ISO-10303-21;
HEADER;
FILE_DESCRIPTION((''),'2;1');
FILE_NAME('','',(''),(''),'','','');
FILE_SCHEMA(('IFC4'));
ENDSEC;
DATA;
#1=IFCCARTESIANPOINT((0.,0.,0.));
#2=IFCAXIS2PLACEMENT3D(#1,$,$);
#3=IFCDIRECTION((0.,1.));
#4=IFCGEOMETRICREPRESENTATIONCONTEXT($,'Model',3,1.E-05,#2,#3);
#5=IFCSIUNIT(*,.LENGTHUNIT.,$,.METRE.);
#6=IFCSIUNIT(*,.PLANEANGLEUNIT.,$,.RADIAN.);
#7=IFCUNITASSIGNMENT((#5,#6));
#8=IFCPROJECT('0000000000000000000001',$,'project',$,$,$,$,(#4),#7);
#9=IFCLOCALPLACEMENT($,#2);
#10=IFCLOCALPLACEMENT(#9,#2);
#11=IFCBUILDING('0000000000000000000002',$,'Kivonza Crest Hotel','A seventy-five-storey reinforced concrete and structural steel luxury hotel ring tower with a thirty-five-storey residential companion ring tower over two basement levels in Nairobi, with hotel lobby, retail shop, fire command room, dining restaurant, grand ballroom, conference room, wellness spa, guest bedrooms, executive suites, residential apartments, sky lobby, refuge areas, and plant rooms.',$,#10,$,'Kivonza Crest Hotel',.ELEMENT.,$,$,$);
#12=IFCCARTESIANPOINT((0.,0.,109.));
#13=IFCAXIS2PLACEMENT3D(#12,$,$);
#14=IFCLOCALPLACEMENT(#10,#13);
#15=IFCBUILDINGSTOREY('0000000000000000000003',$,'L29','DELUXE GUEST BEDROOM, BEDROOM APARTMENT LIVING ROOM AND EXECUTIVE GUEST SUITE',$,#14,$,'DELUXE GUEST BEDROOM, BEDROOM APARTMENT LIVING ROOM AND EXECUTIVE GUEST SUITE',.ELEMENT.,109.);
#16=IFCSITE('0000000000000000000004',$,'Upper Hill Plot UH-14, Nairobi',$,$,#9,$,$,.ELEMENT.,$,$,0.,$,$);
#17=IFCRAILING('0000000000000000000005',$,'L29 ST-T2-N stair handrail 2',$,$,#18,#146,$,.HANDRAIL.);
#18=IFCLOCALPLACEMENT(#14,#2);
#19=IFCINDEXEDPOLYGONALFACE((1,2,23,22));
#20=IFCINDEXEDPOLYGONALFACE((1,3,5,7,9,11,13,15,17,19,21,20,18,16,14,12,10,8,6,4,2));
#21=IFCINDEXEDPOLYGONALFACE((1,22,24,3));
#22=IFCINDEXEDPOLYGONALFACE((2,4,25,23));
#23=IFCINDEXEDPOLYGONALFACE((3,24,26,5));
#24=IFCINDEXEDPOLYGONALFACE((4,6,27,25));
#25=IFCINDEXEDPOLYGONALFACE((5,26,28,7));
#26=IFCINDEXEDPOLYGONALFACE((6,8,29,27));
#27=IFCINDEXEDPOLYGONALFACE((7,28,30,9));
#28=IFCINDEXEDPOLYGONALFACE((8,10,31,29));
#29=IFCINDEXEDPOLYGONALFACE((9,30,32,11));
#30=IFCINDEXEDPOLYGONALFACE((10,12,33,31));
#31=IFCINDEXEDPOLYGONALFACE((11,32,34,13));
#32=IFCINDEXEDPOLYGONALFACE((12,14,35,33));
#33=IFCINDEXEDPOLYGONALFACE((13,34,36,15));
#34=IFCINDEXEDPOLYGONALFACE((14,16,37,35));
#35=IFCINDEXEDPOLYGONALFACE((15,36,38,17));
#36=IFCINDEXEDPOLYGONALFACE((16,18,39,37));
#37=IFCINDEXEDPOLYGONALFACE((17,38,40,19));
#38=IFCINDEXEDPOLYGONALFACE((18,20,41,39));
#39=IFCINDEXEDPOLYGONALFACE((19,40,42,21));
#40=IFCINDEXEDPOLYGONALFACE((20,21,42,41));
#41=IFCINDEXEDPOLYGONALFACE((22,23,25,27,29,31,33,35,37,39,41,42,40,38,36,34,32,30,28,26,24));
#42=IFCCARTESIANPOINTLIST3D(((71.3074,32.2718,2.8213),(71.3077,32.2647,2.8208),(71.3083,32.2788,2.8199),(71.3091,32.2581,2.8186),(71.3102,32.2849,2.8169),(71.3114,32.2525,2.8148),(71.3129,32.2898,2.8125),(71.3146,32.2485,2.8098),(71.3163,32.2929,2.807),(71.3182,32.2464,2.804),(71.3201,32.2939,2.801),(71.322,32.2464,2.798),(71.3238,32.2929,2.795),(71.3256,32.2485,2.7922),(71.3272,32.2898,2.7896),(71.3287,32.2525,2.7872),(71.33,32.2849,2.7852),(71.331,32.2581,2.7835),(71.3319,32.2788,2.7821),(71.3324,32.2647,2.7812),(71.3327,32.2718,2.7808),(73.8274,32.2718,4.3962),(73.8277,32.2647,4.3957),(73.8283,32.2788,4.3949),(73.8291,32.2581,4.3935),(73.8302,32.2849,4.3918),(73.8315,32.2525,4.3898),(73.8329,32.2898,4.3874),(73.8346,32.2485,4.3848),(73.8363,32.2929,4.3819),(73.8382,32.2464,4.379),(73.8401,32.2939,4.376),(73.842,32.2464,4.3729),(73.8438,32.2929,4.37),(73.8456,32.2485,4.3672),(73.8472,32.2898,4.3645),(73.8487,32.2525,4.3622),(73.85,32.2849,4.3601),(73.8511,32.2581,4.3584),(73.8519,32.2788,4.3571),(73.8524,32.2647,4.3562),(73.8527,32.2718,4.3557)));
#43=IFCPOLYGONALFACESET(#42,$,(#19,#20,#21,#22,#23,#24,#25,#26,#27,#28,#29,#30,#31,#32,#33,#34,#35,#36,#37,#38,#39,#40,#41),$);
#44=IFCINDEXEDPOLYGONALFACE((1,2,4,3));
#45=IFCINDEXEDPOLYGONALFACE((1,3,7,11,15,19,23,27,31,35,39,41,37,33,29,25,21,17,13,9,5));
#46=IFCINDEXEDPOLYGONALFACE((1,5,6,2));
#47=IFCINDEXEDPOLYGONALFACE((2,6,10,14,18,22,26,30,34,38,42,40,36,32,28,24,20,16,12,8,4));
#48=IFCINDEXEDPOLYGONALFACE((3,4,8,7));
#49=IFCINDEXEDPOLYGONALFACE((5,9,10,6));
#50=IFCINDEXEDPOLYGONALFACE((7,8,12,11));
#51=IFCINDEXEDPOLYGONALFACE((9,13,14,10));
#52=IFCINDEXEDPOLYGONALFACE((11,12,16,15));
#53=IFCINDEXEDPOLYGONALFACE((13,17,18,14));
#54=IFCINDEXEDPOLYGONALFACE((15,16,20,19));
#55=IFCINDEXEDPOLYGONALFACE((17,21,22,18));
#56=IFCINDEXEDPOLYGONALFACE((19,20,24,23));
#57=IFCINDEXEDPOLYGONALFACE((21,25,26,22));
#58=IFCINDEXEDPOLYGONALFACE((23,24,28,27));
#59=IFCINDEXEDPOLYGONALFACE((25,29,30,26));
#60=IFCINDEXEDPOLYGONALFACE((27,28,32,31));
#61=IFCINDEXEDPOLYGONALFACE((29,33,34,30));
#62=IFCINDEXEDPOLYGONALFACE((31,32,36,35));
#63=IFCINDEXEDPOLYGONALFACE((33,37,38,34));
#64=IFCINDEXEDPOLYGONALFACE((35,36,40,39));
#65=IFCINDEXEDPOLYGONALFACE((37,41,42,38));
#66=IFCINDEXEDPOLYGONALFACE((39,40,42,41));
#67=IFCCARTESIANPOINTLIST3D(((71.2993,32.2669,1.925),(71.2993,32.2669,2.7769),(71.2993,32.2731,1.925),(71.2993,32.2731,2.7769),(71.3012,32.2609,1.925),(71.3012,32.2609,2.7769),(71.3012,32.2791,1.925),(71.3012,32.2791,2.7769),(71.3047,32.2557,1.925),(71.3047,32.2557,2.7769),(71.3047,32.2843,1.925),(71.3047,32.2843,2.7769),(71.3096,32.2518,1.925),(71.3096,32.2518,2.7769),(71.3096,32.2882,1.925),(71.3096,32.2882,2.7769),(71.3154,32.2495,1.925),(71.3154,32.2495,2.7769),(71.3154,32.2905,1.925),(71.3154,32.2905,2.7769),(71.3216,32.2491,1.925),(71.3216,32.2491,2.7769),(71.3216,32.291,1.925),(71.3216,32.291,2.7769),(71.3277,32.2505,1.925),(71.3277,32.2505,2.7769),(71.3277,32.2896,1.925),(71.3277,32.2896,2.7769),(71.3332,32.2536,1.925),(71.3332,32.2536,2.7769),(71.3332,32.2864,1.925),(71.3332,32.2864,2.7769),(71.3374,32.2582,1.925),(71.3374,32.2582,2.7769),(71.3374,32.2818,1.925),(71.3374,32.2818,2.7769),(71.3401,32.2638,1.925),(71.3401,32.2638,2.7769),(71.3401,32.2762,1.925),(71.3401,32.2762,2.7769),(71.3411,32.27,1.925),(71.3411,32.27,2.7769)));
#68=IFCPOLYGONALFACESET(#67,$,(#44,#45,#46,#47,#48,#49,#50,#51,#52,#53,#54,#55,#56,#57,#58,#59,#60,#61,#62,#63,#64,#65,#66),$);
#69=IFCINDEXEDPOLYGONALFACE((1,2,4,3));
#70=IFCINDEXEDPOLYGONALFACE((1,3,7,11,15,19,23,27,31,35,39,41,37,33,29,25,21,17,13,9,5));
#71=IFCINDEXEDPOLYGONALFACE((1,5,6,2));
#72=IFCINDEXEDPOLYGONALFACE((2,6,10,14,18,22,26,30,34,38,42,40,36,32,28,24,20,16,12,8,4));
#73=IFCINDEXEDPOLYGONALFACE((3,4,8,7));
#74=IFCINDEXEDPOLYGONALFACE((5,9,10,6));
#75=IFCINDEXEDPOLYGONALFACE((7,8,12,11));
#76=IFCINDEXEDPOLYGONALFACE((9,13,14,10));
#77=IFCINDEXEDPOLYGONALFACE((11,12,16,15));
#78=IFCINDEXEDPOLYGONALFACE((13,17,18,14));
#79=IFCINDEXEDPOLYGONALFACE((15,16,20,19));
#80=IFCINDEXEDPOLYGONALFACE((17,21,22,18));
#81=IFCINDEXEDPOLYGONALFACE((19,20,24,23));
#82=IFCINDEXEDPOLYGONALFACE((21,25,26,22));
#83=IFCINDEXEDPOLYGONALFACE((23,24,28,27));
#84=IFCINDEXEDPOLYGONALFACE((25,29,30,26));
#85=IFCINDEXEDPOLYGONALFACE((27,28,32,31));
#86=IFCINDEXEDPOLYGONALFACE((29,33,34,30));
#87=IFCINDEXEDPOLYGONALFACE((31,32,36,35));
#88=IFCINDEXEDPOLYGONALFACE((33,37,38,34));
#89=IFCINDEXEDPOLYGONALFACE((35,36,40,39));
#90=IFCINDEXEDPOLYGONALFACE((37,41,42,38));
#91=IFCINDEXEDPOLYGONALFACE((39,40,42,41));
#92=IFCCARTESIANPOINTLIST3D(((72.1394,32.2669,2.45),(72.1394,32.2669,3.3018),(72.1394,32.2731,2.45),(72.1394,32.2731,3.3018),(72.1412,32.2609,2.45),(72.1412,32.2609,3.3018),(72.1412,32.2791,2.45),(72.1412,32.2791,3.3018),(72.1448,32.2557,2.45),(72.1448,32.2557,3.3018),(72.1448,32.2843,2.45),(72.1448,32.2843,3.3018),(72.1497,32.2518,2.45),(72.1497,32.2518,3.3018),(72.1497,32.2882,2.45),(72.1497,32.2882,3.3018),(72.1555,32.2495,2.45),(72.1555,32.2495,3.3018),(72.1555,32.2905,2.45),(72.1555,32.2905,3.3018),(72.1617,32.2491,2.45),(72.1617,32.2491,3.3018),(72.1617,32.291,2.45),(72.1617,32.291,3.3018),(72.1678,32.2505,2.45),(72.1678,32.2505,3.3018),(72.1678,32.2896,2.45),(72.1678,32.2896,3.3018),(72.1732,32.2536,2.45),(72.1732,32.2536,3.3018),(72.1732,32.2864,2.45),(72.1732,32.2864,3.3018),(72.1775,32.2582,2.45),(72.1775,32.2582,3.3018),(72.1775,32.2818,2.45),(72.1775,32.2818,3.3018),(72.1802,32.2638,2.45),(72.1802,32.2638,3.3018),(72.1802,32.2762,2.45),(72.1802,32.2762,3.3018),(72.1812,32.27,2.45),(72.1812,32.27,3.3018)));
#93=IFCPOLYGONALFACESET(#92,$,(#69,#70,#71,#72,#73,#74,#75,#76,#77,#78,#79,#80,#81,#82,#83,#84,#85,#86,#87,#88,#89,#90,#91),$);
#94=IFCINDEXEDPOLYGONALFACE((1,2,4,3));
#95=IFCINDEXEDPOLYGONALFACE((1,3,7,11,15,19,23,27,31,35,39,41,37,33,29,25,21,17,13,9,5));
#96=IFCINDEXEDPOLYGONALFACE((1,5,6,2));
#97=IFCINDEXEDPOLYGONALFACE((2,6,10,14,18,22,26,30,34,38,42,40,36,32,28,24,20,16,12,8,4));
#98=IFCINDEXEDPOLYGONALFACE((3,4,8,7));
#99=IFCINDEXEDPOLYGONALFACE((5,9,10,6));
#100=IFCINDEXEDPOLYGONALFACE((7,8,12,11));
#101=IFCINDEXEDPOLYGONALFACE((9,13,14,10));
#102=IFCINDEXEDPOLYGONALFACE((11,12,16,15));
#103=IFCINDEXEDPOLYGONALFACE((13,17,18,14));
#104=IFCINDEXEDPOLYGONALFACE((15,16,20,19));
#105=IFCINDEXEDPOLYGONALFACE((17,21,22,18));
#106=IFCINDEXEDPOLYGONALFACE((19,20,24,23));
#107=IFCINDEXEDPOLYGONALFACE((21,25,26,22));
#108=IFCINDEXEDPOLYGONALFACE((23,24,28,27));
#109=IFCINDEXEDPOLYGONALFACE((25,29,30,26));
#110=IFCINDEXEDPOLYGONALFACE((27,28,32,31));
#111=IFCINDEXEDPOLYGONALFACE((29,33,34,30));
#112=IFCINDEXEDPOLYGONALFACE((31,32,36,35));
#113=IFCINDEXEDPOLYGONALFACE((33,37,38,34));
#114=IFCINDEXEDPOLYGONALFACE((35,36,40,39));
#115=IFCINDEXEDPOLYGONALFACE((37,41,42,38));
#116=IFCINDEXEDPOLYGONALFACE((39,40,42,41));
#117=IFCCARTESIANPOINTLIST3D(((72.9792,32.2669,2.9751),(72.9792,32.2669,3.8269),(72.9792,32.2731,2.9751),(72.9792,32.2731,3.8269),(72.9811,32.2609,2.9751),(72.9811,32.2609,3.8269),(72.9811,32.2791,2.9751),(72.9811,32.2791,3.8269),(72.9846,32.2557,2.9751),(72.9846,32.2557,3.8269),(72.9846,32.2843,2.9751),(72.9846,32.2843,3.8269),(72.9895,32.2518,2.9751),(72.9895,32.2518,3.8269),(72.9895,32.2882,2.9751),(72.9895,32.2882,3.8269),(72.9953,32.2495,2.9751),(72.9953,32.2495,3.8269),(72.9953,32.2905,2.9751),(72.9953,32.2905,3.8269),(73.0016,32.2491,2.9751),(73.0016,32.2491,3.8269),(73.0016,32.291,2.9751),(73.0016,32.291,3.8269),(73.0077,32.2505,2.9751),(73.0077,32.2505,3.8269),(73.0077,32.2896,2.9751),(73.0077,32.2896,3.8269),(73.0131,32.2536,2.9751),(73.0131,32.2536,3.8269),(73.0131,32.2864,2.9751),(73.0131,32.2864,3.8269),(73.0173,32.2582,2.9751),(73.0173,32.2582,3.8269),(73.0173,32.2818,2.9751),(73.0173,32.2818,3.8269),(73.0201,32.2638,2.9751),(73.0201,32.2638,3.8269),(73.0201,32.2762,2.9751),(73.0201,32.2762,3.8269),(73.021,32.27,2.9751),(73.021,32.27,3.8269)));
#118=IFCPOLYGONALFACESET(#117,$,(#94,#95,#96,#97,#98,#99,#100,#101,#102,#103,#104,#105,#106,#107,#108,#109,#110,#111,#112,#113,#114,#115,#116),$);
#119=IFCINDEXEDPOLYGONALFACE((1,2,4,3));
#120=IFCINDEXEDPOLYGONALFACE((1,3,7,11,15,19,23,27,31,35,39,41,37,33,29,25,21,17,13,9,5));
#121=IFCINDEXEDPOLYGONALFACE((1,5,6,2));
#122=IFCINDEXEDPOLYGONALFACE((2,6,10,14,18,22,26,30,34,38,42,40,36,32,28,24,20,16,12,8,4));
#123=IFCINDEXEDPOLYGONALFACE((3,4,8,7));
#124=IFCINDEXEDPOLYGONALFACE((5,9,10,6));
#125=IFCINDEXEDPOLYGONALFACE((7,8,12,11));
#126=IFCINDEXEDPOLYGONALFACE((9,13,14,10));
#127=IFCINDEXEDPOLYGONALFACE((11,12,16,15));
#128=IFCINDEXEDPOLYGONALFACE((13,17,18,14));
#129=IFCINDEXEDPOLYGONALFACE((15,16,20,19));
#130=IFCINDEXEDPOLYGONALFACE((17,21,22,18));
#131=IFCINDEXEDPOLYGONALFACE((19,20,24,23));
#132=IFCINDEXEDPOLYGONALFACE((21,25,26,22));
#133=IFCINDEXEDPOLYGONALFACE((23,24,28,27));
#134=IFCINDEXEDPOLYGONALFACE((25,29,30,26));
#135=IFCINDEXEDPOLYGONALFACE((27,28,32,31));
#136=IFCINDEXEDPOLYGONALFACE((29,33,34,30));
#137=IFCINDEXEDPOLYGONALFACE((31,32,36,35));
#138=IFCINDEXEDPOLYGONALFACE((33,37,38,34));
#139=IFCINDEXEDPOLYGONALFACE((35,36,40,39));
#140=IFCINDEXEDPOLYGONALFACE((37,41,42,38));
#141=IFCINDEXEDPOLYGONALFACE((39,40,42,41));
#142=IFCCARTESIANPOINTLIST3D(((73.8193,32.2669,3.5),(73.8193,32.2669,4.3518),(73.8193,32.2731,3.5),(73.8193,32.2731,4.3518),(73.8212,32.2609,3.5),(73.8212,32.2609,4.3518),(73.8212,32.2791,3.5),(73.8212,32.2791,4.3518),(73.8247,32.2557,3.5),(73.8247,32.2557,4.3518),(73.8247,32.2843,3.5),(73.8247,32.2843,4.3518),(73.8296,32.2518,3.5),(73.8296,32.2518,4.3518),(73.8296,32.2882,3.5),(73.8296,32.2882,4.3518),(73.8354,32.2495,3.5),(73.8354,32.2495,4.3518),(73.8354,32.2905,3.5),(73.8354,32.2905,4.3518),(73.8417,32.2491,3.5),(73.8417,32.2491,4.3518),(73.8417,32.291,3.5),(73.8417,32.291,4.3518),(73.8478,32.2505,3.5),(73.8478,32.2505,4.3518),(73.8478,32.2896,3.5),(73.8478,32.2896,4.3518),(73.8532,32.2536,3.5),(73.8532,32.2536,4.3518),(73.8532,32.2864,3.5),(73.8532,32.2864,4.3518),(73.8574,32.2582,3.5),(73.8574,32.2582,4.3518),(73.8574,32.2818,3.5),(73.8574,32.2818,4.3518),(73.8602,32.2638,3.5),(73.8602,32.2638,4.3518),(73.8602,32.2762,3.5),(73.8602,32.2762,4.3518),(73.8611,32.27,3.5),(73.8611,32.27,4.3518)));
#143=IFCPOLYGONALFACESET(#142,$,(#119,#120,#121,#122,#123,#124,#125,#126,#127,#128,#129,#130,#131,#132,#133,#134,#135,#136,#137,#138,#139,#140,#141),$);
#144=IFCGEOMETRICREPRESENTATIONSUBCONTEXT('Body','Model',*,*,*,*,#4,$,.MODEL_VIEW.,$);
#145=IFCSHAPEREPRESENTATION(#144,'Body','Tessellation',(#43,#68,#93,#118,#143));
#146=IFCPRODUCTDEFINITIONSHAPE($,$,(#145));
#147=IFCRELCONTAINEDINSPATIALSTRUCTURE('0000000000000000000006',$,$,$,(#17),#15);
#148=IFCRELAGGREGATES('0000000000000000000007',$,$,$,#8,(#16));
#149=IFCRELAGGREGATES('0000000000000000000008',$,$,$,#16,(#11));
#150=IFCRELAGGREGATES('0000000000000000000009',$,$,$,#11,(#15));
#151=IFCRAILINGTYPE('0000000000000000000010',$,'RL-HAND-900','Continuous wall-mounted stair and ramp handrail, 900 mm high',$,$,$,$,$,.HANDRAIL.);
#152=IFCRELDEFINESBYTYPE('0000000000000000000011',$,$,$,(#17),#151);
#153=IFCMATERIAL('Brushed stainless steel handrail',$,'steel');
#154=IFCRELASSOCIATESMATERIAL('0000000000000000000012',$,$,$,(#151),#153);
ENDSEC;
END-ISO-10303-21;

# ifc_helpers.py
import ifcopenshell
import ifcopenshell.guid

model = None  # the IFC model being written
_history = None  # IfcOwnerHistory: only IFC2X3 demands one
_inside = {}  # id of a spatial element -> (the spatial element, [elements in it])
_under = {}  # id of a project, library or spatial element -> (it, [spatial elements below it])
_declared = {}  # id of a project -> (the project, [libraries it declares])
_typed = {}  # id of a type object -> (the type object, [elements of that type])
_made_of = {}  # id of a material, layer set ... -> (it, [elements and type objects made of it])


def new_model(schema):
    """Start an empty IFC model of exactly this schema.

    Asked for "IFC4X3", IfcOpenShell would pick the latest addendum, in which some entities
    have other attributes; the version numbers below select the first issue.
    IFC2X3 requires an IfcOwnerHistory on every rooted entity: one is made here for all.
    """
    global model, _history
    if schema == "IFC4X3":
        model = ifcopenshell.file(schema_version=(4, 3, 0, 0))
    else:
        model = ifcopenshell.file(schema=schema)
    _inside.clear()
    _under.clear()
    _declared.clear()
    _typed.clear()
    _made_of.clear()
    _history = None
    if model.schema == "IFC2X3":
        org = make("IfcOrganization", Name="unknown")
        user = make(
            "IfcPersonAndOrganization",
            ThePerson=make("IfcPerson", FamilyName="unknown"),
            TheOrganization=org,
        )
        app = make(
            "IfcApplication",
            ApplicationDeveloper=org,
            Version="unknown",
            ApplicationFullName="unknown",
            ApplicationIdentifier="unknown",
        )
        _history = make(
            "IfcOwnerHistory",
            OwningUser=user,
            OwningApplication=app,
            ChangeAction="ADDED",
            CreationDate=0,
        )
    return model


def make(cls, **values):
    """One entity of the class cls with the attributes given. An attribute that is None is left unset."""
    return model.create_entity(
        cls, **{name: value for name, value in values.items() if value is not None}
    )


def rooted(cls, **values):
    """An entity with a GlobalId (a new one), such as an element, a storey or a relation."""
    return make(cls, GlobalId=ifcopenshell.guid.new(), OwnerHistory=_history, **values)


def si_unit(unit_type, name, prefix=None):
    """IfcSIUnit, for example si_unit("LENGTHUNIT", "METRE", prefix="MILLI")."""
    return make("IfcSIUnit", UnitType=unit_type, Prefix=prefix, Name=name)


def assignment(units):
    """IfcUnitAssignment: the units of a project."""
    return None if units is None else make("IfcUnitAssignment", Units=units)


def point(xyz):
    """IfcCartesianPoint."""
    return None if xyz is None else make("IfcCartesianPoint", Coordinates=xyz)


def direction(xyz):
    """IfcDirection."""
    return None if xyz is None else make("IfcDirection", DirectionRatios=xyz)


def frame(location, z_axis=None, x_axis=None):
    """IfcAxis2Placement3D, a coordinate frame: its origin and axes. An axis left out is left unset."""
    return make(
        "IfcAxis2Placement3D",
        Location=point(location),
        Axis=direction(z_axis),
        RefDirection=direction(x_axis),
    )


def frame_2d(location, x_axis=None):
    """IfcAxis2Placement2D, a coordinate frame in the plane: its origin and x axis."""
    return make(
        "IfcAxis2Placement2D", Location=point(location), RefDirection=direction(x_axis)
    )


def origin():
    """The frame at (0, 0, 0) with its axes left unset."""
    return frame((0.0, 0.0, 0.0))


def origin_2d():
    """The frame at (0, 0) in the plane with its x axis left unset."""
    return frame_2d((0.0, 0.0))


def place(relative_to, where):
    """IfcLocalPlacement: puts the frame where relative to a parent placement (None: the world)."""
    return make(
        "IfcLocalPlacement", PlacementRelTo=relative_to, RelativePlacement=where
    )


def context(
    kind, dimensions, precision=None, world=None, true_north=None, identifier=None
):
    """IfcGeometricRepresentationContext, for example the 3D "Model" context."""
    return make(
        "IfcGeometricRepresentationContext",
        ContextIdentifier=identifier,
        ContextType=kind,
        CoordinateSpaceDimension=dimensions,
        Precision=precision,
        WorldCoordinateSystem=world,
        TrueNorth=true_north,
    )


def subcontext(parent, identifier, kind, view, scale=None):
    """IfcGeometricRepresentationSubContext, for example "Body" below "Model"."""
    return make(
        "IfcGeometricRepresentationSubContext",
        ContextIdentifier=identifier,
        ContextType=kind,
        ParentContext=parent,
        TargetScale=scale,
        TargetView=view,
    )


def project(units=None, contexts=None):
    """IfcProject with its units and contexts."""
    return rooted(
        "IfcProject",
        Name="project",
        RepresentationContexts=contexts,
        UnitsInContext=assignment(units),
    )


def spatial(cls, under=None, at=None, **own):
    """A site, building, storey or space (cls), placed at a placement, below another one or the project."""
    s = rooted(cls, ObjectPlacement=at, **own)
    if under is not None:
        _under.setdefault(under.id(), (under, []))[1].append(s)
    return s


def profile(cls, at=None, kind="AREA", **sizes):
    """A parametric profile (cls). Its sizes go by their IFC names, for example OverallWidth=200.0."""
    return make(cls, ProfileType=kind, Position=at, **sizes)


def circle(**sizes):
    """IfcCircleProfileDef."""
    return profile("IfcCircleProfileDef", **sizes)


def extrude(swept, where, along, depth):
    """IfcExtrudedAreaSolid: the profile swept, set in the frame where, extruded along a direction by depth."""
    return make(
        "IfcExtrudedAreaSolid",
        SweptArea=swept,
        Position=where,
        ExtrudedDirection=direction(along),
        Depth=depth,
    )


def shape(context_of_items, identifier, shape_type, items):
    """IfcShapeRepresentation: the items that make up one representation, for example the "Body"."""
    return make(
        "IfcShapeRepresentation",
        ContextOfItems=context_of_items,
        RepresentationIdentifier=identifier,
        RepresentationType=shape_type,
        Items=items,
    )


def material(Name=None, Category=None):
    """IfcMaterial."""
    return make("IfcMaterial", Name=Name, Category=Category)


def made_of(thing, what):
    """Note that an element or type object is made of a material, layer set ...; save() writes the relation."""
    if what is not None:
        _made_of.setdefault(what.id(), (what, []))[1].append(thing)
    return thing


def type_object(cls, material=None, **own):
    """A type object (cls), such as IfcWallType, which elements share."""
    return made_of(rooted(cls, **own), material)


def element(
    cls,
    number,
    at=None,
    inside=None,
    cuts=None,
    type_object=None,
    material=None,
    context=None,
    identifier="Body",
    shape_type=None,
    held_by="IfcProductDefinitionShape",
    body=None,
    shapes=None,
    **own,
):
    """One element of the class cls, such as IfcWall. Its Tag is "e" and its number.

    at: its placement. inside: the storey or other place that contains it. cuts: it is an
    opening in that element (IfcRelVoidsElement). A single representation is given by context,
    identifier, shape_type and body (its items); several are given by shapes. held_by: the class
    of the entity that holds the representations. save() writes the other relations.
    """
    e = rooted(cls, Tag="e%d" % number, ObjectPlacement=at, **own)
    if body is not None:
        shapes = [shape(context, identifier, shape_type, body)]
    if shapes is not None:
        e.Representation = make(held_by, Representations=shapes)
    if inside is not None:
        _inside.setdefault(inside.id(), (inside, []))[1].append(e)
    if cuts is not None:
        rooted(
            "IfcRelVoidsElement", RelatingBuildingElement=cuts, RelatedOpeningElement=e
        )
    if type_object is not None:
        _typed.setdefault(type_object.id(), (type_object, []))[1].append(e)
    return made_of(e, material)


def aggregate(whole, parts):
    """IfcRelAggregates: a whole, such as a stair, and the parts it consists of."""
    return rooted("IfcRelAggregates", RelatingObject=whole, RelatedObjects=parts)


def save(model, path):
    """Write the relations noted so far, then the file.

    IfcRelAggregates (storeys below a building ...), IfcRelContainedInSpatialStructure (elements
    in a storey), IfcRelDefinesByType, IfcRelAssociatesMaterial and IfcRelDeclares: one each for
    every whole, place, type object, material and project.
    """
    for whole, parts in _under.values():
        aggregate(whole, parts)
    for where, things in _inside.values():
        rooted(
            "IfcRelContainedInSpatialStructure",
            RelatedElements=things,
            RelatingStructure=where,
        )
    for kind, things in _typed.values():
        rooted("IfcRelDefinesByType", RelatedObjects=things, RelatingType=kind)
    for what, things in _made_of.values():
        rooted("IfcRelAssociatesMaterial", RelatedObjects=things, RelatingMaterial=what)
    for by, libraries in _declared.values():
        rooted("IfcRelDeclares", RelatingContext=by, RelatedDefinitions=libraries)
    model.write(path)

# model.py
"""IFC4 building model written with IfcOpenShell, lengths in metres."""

from ifc_helpers import new_model, si_unit, direction, frame, origin, origin_2d, place, context, subcontext, project, spatial, circle, extrude, material, type_object, element, save


model = new_model("IFC4")

# Units and contexts
model_context = context("Model", 3, precision=1e-05, world=origin(), true_north=direction((0.0, 1.0)))
body_context = subcontext(model_context, "Body", "Model", "MODEL_VIEW")
ifc_project = project(units=[si_unit("LENGTHUNIT", "METRE"), si_unit("PLANEANGLEUNIT", "RADIAN")], contexts=[model_context])

# Site, building, storey
site_placement = place(None, origin())
site = spatial("IfcSite", under=ifc_project, at=site_placement, Name="Upper Hill Plot UH-14, Nairobi", CompositionType="ELEMENT", RefElevation=0.0)
building_placement = place(site_placement, origin())
building = spatial("IfcBuilding", under=site, at=building_placement, Name="Kivonza Crest Hotel", Description="A seventy-five-storey reinforced concrete and structural steel luxury hotel ring tower with a thirty-five-storey residential companion ring tower over two basement levels in Nairobi, with hotel lobby, retail shop, fire command room, dining restaurant, grand ballroom, conference room, wellness spa, guest bedrooms, executive suites, residential apartments, sky lobby, refuge areas, and plant rooms.", LongName="Kivonza Crest Hotel", CompositionType="ELEMENT")
storey_placement = place(building_placement, frame((0.0, 0.0, 109.0)))
storey = spatial("IfcBuildingStorey", under=building, at=storey_placement, Name="L29", Description="DELUXE GUEST BEDROOM, BEDROOM APARTMENT LIVING ROOM AND EXECUTIVE GUEST SUITE", LongName="DELUXE GUEST BEDROOM, BEDROOM APARTMENT LIVING ROOM AND EXECUTIVE GUEST SUITE", CompositionType="ELEMENT", Elevation=109.0)

# Railing
ifc_material_1 = material(Name="Brushed stainless steel handrail", Category="steel")
railing_type_1 = type_object("IfcRailingType", Name="RL-HAND-900", Description="Continuous wall-mounted stair and ramp handrail, 900 mm high", PredefinedType="HANDRAIL", material=ifc_material_1)
railing_1_placement = place(storey_placement, frame((71.3201, 32.27, 1.925)))
element("IfcRailing", 1, at=railing_1_placement, inside=storey, type_object=railing_type_1, Name="L29 ST-T2-N stair handrail 2", PredefinedType="HANDRAIL", context=body_context, shape_type="SweptSolid", body=[
    extrude(circle(Radius=0.0239, at=origin_2d()), frame((0.0, 0.0, 0.876), z_axis=(0.848008, 0.0, 0.529984), x_axis=(0.0, 1.0, 0.0)), (0.0, 0.0, 1.0), 2.9717),
    extrude(circle(Radius=0.021, at=origin_2d()), origin(), (0.0, 0.0, 1.0), 0.8518),
    extrude(circle(Radius=0.021, at=origin_2d()), frame((0.8401, 0.0, 0.5249)), (0.0, 0.0, 1.0), 0.8518),
    extrude(circle(Radius=0.021, at=origin_2d()), frame((1.6799, 0.0, 1.05)), (0.0, 0.0, 1.0), 0.8518),
    extrude(circle(Radius=0.021, at=origin_2d()), frame((2.52, 0.0, 1.575)), (0.0, 0.0, 1.0), 0.8518),
])

save(model, "model.ifc")
